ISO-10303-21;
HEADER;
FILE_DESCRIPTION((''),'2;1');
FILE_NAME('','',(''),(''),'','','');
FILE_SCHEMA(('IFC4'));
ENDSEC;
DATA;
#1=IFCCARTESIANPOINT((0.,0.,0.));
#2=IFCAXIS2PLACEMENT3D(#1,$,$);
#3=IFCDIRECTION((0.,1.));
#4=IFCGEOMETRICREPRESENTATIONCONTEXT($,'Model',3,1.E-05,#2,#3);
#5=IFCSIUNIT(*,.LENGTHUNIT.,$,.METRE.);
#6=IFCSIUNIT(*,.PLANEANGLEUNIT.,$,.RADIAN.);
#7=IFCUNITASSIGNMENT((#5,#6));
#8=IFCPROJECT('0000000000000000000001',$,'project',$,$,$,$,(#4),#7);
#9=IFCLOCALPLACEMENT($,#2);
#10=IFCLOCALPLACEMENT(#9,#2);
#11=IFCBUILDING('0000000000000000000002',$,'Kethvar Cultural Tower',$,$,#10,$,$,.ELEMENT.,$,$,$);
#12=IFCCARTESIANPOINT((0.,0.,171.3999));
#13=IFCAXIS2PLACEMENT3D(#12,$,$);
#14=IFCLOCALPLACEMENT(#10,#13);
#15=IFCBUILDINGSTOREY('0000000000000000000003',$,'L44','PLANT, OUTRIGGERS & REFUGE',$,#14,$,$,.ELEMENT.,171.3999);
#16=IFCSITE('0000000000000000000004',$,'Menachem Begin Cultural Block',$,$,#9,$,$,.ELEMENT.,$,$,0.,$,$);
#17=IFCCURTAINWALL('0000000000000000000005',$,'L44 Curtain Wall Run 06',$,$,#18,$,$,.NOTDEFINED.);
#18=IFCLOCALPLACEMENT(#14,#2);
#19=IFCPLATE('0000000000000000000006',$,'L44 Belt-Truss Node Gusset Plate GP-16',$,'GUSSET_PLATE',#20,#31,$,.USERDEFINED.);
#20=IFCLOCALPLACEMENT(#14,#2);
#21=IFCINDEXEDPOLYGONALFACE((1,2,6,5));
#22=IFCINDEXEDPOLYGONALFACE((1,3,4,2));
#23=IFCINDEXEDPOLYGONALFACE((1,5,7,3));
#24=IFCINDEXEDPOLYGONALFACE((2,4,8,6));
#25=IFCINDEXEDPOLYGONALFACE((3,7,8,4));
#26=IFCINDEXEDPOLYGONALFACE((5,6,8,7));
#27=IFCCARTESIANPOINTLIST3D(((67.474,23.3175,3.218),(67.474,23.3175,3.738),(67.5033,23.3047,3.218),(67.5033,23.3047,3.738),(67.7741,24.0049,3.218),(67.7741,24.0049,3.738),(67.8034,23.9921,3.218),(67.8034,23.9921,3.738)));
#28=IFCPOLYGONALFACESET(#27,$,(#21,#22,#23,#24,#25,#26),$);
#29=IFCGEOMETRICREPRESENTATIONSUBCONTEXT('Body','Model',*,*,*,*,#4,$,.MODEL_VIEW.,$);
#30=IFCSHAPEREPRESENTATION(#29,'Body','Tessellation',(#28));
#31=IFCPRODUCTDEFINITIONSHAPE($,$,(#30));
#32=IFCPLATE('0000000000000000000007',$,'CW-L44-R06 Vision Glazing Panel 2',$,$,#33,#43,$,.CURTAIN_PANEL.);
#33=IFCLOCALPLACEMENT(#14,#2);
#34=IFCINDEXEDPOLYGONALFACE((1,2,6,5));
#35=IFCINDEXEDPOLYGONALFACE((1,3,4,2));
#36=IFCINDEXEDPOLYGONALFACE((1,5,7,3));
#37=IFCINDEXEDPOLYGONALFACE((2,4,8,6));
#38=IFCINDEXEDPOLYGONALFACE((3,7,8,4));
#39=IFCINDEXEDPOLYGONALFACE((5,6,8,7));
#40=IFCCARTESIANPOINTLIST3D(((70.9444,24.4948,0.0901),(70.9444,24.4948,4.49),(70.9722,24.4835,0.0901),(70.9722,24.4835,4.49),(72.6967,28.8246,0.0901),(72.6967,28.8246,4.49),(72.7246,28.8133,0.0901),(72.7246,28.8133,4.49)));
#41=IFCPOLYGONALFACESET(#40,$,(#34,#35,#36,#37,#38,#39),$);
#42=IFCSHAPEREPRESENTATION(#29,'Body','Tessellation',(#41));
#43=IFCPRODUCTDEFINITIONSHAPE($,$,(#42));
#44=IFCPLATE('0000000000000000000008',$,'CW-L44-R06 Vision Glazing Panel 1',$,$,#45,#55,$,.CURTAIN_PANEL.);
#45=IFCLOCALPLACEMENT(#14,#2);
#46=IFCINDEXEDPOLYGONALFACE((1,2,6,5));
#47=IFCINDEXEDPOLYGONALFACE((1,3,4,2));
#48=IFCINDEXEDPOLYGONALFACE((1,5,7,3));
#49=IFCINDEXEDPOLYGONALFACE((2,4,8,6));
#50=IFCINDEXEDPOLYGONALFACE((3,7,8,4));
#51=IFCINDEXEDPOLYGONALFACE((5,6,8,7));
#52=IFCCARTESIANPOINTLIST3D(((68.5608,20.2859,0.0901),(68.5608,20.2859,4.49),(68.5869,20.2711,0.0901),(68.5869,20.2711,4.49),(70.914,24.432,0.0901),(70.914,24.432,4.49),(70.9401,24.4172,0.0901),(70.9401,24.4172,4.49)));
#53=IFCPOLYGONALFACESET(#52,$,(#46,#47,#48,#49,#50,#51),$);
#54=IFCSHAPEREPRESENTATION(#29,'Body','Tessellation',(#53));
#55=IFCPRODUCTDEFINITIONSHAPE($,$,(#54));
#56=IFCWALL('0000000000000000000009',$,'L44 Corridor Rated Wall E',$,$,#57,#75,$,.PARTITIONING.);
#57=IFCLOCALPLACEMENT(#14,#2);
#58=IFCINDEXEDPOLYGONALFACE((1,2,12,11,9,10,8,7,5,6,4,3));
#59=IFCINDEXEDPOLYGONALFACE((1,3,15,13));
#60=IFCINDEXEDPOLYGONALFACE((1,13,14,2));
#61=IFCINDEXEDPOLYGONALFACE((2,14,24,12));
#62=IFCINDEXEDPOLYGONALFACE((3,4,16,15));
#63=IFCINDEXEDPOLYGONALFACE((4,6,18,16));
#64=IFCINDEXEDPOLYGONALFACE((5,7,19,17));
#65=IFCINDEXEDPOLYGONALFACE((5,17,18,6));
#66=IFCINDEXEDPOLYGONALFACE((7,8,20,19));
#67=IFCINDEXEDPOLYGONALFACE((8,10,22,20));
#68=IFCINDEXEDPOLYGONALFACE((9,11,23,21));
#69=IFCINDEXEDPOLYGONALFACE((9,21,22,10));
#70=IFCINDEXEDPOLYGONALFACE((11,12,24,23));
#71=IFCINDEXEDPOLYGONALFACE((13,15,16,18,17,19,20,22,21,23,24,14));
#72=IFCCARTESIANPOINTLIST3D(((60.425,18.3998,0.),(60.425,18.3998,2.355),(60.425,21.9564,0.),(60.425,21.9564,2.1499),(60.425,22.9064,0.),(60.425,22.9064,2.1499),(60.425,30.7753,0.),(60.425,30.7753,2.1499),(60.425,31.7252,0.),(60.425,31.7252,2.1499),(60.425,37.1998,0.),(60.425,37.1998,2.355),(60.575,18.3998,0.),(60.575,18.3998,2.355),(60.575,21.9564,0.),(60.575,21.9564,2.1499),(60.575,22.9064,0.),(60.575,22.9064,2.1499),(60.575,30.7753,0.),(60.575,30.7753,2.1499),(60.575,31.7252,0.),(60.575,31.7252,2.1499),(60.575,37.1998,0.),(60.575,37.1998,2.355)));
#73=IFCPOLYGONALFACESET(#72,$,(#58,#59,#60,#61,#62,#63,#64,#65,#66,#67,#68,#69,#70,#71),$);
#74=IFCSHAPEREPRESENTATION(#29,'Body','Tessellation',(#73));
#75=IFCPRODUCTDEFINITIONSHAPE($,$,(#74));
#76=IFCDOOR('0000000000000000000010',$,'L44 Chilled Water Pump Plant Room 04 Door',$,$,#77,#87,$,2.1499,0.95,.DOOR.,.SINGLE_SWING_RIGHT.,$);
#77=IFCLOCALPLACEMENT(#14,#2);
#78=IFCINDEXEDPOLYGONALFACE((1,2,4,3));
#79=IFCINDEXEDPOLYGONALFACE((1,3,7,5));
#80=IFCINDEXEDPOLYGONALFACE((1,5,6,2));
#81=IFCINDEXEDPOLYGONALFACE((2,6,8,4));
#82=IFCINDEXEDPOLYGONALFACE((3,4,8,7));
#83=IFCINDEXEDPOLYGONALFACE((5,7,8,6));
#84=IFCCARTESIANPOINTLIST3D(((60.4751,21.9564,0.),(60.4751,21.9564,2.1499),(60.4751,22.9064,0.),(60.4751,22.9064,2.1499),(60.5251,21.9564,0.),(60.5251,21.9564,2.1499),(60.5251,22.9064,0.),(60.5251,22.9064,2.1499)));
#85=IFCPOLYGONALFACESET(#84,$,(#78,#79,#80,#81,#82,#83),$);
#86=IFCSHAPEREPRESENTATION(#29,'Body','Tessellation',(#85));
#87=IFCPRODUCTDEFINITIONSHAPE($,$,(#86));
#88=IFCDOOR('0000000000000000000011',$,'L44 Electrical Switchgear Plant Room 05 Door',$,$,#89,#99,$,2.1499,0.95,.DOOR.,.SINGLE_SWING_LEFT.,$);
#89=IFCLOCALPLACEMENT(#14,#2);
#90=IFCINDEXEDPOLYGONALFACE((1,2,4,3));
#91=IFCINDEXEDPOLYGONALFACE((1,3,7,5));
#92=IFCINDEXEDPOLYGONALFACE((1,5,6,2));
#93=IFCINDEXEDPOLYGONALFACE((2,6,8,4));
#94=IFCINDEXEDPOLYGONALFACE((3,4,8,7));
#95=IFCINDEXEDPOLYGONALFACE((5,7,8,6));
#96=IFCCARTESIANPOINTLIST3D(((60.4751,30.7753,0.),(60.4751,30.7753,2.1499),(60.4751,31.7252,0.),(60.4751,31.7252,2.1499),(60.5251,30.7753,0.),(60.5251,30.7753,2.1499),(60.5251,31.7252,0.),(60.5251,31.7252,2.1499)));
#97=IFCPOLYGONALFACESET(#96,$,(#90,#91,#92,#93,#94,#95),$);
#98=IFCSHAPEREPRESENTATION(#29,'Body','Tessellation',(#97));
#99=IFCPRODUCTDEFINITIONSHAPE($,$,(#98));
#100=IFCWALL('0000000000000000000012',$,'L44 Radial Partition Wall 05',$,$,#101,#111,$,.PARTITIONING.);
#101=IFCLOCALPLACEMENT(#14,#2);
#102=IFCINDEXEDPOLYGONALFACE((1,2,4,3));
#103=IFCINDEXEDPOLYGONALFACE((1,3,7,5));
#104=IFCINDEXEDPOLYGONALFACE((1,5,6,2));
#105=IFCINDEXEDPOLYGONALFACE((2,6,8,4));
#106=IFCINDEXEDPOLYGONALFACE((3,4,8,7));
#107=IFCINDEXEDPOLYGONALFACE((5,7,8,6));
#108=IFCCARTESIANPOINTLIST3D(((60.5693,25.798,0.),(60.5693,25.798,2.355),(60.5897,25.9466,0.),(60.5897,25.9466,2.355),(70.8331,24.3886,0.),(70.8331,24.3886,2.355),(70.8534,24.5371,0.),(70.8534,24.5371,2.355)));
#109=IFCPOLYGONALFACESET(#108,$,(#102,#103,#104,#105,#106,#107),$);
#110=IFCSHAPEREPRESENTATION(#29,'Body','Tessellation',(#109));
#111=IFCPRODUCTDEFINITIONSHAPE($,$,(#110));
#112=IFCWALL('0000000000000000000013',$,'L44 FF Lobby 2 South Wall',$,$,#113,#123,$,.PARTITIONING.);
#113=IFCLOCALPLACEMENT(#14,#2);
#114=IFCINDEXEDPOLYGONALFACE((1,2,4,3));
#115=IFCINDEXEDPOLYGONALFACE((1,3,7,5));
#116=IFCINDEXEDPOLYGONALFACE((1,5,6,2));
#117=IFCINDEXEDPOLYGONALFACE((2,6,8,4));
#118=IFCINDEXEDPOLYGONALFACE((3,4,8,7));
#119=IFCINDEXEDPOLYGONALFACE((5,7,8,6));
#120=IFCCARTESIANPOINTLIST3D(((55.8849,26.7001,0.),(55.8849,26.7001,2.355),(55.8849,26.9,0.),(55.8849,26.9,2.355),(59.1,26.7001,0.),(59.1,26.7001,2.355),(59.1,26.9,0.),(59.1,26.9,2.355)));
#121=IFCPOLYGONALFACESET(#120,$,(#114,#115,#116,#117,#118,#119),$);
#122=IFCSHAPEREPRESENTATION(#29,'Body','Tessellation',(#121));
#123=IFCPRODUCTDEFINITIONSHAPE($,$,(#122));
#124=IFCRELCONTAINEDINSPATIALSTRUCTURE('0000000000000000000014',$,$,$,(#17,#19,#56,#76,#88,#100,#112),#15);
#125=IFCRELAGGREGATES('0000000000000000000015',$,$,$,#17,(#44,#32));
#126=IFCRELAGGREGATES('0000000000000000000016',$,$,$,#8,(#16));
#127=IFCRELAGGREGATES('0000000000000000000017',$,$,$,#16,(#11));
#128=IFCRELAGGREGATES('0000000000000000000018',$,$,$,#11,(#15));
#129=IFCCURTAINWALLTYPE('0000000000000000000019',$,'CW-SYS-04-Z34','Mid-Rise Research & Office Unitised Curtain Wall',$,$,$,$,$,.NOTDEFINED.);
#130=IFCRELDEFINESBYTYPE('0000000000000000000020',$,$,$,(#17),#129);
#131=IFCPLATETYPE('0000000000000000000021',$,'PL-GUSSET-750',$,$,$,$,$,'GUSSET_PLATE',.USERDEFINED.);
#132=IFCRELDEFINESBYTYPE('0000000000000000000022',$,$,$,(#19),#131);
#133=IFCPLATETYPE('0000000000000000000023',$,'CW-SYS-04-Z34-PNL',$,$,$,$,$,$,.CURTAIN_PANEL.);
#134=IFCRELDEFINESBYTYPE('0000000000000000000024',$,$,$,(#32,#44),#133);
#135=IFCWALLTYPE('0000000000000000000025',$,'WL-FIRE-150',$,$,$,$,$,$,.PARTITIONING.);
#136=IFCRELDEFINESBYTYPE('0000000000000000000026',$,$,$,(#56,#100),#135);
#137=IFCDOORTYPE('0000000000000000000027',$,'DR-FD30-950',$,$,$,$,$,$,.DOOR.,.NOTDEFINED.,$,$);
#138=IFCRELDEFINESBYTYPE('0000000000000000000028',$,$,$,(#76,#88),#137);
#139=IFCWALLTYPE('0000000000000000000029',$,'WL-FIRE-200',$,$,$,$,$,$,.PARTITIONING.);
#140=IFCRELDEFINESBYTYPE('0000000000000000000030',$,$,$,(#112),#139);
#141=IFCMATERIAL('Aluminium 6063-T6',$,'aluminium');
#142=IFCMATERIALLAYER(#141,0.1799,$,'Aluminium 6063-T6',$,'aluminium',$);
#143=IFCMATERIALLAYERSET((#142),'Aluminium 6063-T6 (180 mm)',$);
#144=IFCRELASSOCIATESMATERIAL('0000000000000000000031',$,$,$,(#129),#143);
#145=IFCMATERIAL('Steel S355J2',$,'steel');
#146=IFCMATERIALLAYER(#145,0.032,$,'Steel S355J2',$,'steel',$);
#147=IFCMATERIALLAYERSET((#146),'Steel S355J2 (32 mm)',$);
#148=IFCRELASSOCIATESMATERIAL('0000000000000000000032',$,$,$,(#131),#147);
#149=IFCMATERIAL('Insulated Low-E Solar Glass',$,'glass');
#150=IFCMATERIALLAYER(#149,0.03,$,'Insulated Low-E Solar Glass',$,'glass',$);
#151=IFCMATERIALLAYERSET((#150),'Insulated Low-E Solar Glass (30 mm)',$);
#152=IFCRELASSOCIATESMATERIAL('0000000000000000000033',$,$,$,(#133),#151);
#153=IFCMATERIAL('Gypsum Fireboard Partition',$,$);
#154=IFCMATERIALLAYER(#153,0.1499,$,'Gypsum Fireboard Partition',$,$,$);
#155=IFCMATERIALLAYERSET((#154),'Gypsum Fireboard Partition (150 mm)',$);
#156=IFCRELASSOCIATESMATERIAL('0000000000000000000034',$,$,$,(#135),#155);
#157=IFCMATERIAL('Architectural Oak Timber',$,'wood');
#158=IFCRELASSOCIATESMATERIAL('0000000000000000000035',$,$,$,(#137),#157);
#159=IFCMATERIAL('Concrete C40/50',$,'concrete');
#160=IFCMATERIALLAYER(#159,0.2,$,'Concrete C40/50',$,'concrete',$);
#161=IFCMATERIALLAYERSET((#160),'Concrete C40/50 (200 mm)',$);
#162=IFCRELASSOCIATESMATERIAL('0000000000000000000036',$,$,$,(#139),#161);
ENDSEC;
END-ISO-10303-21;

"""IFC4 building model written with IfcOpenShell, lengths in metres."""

from ifc_helpers import new_model, si_unit, direction, frame, frame_2d, origin, origin_2d, place, context, subcontext, project, spatial, rectangle, extrude, source, transform, mapped, material, layer, layer_set, type_object, element, fill, aggregate, save


model = new_model("IFC4")

# Units and contexts
model_context = context("Model", 3, precision=1e-05, world=origin(), true_north=direction((0.0, 1.0)))
body_context = subcontext(model_context, "Body", "Model", "MODEL_VIEW")
ifc_project = project(units=[si_unit("LENGTHUNIT", "METRE"), si_unit("PLANEANGLEUNIT", "RADIAN")], contexts=[model_context])

# Site, building, storey
site_placement = place(None, origin())
site = spatial("IfcSite", under=ifc_project, at=site_placement, Name="Menachem Begin Cultural Block", CompositionType="ELEMENT", RefElevation=0.0)
building_placement = place(site_placement, origin())
building = spatial("IfcBuilding", under=site, at=building_placement, Name="Kethvar Cultural Tower", CompositionType="ELEMENT")
storey_placement = place(building_placement, frame((0.0, 0.0, 171.3999)))
storey = spatial("IfcBuildingStorey", under=building, at=storey_placement, Name="L44", Description="PLANT, OUTRIGGERS & REFUGE", CompositionType="ELEMENT", Elevation=171.3999)

# Shared definitions
ifc_material_1 = material(Name="Aluminium 6063-T6", Category="aluminium")
ifc_layer_1 = layer(ifc_material_1, 0.1799, Name="Aluminium 6063-T6", Category="aluminium")
ifc_layer_set_1 = layer_set([ifc_layer_1], Name="Aluminium 6063-T6 (180 mm)")
curtain_wall_type = type_object("IfcCurtainWallType", Name="CW-SYS-04-Z34", Description="Mid-Rise Research & Office Unitised Curtain Wall", PredefinedType="NOTDEFINED", material=ifc_layer_set_1)

# Curtain wall
curtain_wall_1_placement = place(storey_placement, origin())
curtain_wall_1 = element("IfcCurtainWall", 1, at=curtain_wall_1_placement, inside=storey, type_object=curtain_wall_type, Name="L44 Curtain Wall Run 06", PredefinedType="NOTDEFINED")

# Plate
ifc_material_2 = material(Name="Steel S355J2", Category="steel")
ifc_layer_2 = layer(ifc_material_2, 0.032, Name="Steel S355J2", Category="steel")
ifc_layer_set_2 = layer_set([ifc_layer_2], Name="Steel S355J2 (32 mm)")
plate_type_1 = type_object("IfcPlateType", Name="PL-GUSSET-750", ElementType="GUSSET_PLATE", PredefinedType="USERDEFINED", material=ifc_layer_set_2)
shared_shape_1 = source(origin(), body_context, "Body", "SweptSolid", [
    extrude(rectangle(XDim=0.75, YDim=0.032, at=origin_2d()), origin(), (0.0, 0.0, 1.0), 0.52),
])
plate_1_placement = place(storey_placement, frame((67.6387, 23.6548, 3.218), z_axis=(0.0, 0.0, 1.0), x_axis=(0.400133, 0.916457, 0.0)))
element("IfcPlate", 2, at=plate_1_placement, inside=storey, type_object=plate_type_1, Name="L44 Belt-Truss Node Gusset Plate GP-16", ObjectType="GUSSET_PLATE", PredefinedType="USERDEFINED", context=body_context, shape_type="MappedRepresentation", body=[
    mapped(shared_shape_1, transform((0.0, 0.0, 0.0), scale=1.0)),
])

# Plates
ifc_material_3 = material(Name="Insulated Low-E Solar Glass", Category="glass")
ifc_layer_3 = layer(ifc_material_3, 0.03, Name="Insulated Low-E Solar Glass", Category="glass")
ifc_layer_set_3 = layer_set([ifc_layer_3], Name="Insulated Low-E Solar Glass (30 mm)")
plate_type_2 = type_object("IfcPlateType", Name="CW-SYS-04-Z34-PNL", PredefinedType="CURTAIN_PANEL", material=ifc_layer_set_3)
shared_shape_2 = source(origin(), body_context, "Body", "SweptSolid", [
    extrude(rectangle(XDim=4.6709, YDim=0.03, at=origin_2d()), origin(), (0.0, 0.0, 1.0), 4.3999),
])
plate_2_placement = place(storey_placement, frame((71.8345, 26.6541, 0.0901), z_axis=(0.0, 0.0, 1.0), x_axis=(0.375157, 0.926961, 0.0)))
plate_2 = element("IfcPlate", 3, at=plate_2_placement, type_object=plate_type_2, Name="CW-L44-R06 Vision Glazing Panel 2", PredefinedType="CURTAIN_PANEL", context=body_context, shape_type="MappedRepresentation", body=[
    mapped(shared_shape_2, transform((0.0, 0.0, 0.0), scale=1.0)),
])
shared_shape_3 = source(origin(), body_context, "Body", "SweptSolid", [
    extrude(rectangle(XDim=4.7673, YDim=0.03, at=origin_2d()), origin(), (0.0, 0.0, 1.0), 4.3999),
])
plate_3_placement = place(storey_placement, frame((69.7505, 22.3516, 0.0901), z_axis=(0.0, 0.0, 1.0), x_axis=(0.493608, 0.869685, 0.0)))
plate_3 = element("IfcPlate", 4, at=plate_3_placement, type_object=plate_type_2, Name="CW-L44-R06 Vision Glazing Panel 1", PredefinedType="CURTAIN_PANEL", context=body_context, shape_type="MappedRepresentation", body=[
    mapped(shared_shape_3, transform((0.0, 0.0, 0.0), scale=1.0)),
])
aggregate(curtain_wall_1, [plate_3, plate_2])

# Wall, openings, doors
ifc_material_4 = material(Name="Gypsum Fireboard Partition")
ifc_layer_4 = layer(ifc_material_4, 0.1499, Name="Gypsum Fireboard Partition")
ifc_layer_set_4 = layer_set([ifc_layer_4], Name="Gypsum Fireboard Partition (150 mm)")
wall_type_1 = type_object("IfcWallType", Name="WL-FIRE-150", PredefinedType="PARTITIONING", material=ifc_layer_set_4)
wall_1_placement = place(storey_placement, frame((60.5, 18.3999, 0.0), z_axis=(0.0, 0.0, 1.0), x_axis=(0.0, 1.0, 0.0)))
wall_1 = element("IfcWall", 5, at=wall_1_placement, inside=storey, type_object=wall_type_1, Name="L44 Corridor Rated Wall E", PredefinedType="PARTITIONING", context=body_context, shape_type="SweptSolid", body=[
    extrude(rectangle(XDim=18.8, YDim=0.1499, at=frame_2d((9.3999, 0.0))), origin(), (0.0, 0.0, 1.0), 2.355),
])
opening_1_placement = place(wall_1_placement, frame((3.5564, 0.0, 0.0)))
opening_1 = element("IfcOpeningElement", 6, at=opening_1_placement, cuts=wall_1, PredefinedType="OPENING", context=body_context, shape_type="SweptSolid", body=[
    extrude(rectangle(XDim=0.95, YDim=2.1499, at=frame_2d((0.4751, 1.075))), frame((0.0, 0.085, 0.0), z_axis=(0.0, -1.0, 0.0), x_axis=(1.0, 0.0, 0.0)), (0.0, 0.0, 1.0), 0.1699),
])
opening_2_placement = place(wall_1_placement, frame((12.3752, 0.0, 0.0)))
opening_2 = element("IfcOpeningElement", 7, at=opening_2_placement, cuts=wall_1, PredefinedType="OPENING", context=body_context, shape_type="SweptSolid", body=[
    extrude(rectangle(XDim=0.95, YDim=2.1499, at=frame_2d((0.4751, 1.075))), frame((0.0, 0.085, 0.0), z_axis=(0.0, -1.0, 0.0), x_axis=(1.0, 0.0, 0.0)), (0.0, 0.0, 1.0), 0.1699),
])
ifc_material_5 = material(Name="Architectural Oak Timber", Category="wood")
door_type_1 = type_object("IfcDoorType", Name="DR-FD30-950", OperationType="NOTDEFINED", PredefinedType="DOOR", material=ifc_material_5)
shared_shape_4 = source(origin(), body_context, "Body", "SweptSolid", [
    extrude(rectangle(XDim=0.95, YDim=2.1499, at=frame_2d((0.4751, 1.075))), frame((0.0, 0.0249, 0.0), z_axis=(0.0, -1.0, 0.0), x_axis=(1.0, 0.0, 0.0)), (0.0, 0.0, 1.0), 0.05),
])
door_1_placement = place(opening_1_placement, origin())
door_1 = element("IfcDoor", 8, at=door_1_placement, inside=storey, type_object=door_type_1, Name="L44 Chilled Water Pump Plant Room 04 Door", OperationType="SINGLE_SWING_RIGHT", OverallHeight=2.1499, OverallWidth=0.95, PredefinedType="DOOR", context=body_context, shape_type="MappedRepresentation", body=[
    mapped(shared_shape_4, transform((0.0, 0.0, 0.0), scale=1.0)),
])
fill(opening_1, door_1)
door_2_placement = place(opening_2_placement, origin())
door_2 = element("IfcDoor", 9, at=door_2_placement, inside=storey, type_object=door_type_1, Name="L44 Electrical Switchgear Plant Room 05 Door", OperationType="SINGLE_SWING_LEFT", OverallHeight=2.1499, OverallWidth=0.95, PredefinedType="DOOR", context=body_context, shape_type="MappedRepresentation", body=[
    mapped(shared_shape_4, transform((0.0, 0.0, 0.0), scale=1.0)),
])
fill(opening_2, door_2)

# Wall
wall_2_placement = place(storey_placement, frame((60.5793, 25.8723, 0.0), z_axis=(0.0, 0.0, 1.0), x_axis=(0.990703, -0.136045, 0.0)))
element("IfcWall", 10, at=wall_2_placement, inside=storey, type_object=wall_type_1, Name="L44 Radial Partition Wall 05", PredefinedType="PARTITIONING", context=body_context, shape_type="SweptSolid", body=[
    extrude(rectangle(XDim=10.3601, YDim=0.1499, at=frame_2d((5.1802, 0.0))), origin(), (0.0, 0.0, 1.0), 2.355),
])

# Shared definitions
ifc_material_6 = material(Name="Concrete C40/50", Category="concrete")
ifc_layer_5 = layer(ifc_material_6, 0.2, Name="Concrete C40/50", Category="concrete")
ifc_layer_set_5 = layer_set([ifc_layer_5], Name="Concrete C40/50 (200 mm)")
wall_type_2 = type_object("IfcWallType", Name="WL-FIRE-200", PredefinedType="PARTITIONING", material=ifc_layer_set_5)

# Wall
wall_3_placement = place(storey_placement, frame((55.885, 26.8, 0.0), z_axis=(0.0, 0.0, 1.0), x_axis=(1.0, 0.0, 0.0)))
element("IfcWall", 11, at=wall_3_placement, inside=storey, type_object=wall_type_2, Name="L44 FF Lobby 2 South Wall", PredefinedType="PARTITIONING", context=body_context, shape_type="SweptSolid", body=[
    extrude(rectangle(XDim=3.2151, YDim=0.2, at=frame_2d((1.6074, 0.0))), origin(), (0.0, 0.0, 1.0), 2.355),
])

save(model, "model.ifc")
